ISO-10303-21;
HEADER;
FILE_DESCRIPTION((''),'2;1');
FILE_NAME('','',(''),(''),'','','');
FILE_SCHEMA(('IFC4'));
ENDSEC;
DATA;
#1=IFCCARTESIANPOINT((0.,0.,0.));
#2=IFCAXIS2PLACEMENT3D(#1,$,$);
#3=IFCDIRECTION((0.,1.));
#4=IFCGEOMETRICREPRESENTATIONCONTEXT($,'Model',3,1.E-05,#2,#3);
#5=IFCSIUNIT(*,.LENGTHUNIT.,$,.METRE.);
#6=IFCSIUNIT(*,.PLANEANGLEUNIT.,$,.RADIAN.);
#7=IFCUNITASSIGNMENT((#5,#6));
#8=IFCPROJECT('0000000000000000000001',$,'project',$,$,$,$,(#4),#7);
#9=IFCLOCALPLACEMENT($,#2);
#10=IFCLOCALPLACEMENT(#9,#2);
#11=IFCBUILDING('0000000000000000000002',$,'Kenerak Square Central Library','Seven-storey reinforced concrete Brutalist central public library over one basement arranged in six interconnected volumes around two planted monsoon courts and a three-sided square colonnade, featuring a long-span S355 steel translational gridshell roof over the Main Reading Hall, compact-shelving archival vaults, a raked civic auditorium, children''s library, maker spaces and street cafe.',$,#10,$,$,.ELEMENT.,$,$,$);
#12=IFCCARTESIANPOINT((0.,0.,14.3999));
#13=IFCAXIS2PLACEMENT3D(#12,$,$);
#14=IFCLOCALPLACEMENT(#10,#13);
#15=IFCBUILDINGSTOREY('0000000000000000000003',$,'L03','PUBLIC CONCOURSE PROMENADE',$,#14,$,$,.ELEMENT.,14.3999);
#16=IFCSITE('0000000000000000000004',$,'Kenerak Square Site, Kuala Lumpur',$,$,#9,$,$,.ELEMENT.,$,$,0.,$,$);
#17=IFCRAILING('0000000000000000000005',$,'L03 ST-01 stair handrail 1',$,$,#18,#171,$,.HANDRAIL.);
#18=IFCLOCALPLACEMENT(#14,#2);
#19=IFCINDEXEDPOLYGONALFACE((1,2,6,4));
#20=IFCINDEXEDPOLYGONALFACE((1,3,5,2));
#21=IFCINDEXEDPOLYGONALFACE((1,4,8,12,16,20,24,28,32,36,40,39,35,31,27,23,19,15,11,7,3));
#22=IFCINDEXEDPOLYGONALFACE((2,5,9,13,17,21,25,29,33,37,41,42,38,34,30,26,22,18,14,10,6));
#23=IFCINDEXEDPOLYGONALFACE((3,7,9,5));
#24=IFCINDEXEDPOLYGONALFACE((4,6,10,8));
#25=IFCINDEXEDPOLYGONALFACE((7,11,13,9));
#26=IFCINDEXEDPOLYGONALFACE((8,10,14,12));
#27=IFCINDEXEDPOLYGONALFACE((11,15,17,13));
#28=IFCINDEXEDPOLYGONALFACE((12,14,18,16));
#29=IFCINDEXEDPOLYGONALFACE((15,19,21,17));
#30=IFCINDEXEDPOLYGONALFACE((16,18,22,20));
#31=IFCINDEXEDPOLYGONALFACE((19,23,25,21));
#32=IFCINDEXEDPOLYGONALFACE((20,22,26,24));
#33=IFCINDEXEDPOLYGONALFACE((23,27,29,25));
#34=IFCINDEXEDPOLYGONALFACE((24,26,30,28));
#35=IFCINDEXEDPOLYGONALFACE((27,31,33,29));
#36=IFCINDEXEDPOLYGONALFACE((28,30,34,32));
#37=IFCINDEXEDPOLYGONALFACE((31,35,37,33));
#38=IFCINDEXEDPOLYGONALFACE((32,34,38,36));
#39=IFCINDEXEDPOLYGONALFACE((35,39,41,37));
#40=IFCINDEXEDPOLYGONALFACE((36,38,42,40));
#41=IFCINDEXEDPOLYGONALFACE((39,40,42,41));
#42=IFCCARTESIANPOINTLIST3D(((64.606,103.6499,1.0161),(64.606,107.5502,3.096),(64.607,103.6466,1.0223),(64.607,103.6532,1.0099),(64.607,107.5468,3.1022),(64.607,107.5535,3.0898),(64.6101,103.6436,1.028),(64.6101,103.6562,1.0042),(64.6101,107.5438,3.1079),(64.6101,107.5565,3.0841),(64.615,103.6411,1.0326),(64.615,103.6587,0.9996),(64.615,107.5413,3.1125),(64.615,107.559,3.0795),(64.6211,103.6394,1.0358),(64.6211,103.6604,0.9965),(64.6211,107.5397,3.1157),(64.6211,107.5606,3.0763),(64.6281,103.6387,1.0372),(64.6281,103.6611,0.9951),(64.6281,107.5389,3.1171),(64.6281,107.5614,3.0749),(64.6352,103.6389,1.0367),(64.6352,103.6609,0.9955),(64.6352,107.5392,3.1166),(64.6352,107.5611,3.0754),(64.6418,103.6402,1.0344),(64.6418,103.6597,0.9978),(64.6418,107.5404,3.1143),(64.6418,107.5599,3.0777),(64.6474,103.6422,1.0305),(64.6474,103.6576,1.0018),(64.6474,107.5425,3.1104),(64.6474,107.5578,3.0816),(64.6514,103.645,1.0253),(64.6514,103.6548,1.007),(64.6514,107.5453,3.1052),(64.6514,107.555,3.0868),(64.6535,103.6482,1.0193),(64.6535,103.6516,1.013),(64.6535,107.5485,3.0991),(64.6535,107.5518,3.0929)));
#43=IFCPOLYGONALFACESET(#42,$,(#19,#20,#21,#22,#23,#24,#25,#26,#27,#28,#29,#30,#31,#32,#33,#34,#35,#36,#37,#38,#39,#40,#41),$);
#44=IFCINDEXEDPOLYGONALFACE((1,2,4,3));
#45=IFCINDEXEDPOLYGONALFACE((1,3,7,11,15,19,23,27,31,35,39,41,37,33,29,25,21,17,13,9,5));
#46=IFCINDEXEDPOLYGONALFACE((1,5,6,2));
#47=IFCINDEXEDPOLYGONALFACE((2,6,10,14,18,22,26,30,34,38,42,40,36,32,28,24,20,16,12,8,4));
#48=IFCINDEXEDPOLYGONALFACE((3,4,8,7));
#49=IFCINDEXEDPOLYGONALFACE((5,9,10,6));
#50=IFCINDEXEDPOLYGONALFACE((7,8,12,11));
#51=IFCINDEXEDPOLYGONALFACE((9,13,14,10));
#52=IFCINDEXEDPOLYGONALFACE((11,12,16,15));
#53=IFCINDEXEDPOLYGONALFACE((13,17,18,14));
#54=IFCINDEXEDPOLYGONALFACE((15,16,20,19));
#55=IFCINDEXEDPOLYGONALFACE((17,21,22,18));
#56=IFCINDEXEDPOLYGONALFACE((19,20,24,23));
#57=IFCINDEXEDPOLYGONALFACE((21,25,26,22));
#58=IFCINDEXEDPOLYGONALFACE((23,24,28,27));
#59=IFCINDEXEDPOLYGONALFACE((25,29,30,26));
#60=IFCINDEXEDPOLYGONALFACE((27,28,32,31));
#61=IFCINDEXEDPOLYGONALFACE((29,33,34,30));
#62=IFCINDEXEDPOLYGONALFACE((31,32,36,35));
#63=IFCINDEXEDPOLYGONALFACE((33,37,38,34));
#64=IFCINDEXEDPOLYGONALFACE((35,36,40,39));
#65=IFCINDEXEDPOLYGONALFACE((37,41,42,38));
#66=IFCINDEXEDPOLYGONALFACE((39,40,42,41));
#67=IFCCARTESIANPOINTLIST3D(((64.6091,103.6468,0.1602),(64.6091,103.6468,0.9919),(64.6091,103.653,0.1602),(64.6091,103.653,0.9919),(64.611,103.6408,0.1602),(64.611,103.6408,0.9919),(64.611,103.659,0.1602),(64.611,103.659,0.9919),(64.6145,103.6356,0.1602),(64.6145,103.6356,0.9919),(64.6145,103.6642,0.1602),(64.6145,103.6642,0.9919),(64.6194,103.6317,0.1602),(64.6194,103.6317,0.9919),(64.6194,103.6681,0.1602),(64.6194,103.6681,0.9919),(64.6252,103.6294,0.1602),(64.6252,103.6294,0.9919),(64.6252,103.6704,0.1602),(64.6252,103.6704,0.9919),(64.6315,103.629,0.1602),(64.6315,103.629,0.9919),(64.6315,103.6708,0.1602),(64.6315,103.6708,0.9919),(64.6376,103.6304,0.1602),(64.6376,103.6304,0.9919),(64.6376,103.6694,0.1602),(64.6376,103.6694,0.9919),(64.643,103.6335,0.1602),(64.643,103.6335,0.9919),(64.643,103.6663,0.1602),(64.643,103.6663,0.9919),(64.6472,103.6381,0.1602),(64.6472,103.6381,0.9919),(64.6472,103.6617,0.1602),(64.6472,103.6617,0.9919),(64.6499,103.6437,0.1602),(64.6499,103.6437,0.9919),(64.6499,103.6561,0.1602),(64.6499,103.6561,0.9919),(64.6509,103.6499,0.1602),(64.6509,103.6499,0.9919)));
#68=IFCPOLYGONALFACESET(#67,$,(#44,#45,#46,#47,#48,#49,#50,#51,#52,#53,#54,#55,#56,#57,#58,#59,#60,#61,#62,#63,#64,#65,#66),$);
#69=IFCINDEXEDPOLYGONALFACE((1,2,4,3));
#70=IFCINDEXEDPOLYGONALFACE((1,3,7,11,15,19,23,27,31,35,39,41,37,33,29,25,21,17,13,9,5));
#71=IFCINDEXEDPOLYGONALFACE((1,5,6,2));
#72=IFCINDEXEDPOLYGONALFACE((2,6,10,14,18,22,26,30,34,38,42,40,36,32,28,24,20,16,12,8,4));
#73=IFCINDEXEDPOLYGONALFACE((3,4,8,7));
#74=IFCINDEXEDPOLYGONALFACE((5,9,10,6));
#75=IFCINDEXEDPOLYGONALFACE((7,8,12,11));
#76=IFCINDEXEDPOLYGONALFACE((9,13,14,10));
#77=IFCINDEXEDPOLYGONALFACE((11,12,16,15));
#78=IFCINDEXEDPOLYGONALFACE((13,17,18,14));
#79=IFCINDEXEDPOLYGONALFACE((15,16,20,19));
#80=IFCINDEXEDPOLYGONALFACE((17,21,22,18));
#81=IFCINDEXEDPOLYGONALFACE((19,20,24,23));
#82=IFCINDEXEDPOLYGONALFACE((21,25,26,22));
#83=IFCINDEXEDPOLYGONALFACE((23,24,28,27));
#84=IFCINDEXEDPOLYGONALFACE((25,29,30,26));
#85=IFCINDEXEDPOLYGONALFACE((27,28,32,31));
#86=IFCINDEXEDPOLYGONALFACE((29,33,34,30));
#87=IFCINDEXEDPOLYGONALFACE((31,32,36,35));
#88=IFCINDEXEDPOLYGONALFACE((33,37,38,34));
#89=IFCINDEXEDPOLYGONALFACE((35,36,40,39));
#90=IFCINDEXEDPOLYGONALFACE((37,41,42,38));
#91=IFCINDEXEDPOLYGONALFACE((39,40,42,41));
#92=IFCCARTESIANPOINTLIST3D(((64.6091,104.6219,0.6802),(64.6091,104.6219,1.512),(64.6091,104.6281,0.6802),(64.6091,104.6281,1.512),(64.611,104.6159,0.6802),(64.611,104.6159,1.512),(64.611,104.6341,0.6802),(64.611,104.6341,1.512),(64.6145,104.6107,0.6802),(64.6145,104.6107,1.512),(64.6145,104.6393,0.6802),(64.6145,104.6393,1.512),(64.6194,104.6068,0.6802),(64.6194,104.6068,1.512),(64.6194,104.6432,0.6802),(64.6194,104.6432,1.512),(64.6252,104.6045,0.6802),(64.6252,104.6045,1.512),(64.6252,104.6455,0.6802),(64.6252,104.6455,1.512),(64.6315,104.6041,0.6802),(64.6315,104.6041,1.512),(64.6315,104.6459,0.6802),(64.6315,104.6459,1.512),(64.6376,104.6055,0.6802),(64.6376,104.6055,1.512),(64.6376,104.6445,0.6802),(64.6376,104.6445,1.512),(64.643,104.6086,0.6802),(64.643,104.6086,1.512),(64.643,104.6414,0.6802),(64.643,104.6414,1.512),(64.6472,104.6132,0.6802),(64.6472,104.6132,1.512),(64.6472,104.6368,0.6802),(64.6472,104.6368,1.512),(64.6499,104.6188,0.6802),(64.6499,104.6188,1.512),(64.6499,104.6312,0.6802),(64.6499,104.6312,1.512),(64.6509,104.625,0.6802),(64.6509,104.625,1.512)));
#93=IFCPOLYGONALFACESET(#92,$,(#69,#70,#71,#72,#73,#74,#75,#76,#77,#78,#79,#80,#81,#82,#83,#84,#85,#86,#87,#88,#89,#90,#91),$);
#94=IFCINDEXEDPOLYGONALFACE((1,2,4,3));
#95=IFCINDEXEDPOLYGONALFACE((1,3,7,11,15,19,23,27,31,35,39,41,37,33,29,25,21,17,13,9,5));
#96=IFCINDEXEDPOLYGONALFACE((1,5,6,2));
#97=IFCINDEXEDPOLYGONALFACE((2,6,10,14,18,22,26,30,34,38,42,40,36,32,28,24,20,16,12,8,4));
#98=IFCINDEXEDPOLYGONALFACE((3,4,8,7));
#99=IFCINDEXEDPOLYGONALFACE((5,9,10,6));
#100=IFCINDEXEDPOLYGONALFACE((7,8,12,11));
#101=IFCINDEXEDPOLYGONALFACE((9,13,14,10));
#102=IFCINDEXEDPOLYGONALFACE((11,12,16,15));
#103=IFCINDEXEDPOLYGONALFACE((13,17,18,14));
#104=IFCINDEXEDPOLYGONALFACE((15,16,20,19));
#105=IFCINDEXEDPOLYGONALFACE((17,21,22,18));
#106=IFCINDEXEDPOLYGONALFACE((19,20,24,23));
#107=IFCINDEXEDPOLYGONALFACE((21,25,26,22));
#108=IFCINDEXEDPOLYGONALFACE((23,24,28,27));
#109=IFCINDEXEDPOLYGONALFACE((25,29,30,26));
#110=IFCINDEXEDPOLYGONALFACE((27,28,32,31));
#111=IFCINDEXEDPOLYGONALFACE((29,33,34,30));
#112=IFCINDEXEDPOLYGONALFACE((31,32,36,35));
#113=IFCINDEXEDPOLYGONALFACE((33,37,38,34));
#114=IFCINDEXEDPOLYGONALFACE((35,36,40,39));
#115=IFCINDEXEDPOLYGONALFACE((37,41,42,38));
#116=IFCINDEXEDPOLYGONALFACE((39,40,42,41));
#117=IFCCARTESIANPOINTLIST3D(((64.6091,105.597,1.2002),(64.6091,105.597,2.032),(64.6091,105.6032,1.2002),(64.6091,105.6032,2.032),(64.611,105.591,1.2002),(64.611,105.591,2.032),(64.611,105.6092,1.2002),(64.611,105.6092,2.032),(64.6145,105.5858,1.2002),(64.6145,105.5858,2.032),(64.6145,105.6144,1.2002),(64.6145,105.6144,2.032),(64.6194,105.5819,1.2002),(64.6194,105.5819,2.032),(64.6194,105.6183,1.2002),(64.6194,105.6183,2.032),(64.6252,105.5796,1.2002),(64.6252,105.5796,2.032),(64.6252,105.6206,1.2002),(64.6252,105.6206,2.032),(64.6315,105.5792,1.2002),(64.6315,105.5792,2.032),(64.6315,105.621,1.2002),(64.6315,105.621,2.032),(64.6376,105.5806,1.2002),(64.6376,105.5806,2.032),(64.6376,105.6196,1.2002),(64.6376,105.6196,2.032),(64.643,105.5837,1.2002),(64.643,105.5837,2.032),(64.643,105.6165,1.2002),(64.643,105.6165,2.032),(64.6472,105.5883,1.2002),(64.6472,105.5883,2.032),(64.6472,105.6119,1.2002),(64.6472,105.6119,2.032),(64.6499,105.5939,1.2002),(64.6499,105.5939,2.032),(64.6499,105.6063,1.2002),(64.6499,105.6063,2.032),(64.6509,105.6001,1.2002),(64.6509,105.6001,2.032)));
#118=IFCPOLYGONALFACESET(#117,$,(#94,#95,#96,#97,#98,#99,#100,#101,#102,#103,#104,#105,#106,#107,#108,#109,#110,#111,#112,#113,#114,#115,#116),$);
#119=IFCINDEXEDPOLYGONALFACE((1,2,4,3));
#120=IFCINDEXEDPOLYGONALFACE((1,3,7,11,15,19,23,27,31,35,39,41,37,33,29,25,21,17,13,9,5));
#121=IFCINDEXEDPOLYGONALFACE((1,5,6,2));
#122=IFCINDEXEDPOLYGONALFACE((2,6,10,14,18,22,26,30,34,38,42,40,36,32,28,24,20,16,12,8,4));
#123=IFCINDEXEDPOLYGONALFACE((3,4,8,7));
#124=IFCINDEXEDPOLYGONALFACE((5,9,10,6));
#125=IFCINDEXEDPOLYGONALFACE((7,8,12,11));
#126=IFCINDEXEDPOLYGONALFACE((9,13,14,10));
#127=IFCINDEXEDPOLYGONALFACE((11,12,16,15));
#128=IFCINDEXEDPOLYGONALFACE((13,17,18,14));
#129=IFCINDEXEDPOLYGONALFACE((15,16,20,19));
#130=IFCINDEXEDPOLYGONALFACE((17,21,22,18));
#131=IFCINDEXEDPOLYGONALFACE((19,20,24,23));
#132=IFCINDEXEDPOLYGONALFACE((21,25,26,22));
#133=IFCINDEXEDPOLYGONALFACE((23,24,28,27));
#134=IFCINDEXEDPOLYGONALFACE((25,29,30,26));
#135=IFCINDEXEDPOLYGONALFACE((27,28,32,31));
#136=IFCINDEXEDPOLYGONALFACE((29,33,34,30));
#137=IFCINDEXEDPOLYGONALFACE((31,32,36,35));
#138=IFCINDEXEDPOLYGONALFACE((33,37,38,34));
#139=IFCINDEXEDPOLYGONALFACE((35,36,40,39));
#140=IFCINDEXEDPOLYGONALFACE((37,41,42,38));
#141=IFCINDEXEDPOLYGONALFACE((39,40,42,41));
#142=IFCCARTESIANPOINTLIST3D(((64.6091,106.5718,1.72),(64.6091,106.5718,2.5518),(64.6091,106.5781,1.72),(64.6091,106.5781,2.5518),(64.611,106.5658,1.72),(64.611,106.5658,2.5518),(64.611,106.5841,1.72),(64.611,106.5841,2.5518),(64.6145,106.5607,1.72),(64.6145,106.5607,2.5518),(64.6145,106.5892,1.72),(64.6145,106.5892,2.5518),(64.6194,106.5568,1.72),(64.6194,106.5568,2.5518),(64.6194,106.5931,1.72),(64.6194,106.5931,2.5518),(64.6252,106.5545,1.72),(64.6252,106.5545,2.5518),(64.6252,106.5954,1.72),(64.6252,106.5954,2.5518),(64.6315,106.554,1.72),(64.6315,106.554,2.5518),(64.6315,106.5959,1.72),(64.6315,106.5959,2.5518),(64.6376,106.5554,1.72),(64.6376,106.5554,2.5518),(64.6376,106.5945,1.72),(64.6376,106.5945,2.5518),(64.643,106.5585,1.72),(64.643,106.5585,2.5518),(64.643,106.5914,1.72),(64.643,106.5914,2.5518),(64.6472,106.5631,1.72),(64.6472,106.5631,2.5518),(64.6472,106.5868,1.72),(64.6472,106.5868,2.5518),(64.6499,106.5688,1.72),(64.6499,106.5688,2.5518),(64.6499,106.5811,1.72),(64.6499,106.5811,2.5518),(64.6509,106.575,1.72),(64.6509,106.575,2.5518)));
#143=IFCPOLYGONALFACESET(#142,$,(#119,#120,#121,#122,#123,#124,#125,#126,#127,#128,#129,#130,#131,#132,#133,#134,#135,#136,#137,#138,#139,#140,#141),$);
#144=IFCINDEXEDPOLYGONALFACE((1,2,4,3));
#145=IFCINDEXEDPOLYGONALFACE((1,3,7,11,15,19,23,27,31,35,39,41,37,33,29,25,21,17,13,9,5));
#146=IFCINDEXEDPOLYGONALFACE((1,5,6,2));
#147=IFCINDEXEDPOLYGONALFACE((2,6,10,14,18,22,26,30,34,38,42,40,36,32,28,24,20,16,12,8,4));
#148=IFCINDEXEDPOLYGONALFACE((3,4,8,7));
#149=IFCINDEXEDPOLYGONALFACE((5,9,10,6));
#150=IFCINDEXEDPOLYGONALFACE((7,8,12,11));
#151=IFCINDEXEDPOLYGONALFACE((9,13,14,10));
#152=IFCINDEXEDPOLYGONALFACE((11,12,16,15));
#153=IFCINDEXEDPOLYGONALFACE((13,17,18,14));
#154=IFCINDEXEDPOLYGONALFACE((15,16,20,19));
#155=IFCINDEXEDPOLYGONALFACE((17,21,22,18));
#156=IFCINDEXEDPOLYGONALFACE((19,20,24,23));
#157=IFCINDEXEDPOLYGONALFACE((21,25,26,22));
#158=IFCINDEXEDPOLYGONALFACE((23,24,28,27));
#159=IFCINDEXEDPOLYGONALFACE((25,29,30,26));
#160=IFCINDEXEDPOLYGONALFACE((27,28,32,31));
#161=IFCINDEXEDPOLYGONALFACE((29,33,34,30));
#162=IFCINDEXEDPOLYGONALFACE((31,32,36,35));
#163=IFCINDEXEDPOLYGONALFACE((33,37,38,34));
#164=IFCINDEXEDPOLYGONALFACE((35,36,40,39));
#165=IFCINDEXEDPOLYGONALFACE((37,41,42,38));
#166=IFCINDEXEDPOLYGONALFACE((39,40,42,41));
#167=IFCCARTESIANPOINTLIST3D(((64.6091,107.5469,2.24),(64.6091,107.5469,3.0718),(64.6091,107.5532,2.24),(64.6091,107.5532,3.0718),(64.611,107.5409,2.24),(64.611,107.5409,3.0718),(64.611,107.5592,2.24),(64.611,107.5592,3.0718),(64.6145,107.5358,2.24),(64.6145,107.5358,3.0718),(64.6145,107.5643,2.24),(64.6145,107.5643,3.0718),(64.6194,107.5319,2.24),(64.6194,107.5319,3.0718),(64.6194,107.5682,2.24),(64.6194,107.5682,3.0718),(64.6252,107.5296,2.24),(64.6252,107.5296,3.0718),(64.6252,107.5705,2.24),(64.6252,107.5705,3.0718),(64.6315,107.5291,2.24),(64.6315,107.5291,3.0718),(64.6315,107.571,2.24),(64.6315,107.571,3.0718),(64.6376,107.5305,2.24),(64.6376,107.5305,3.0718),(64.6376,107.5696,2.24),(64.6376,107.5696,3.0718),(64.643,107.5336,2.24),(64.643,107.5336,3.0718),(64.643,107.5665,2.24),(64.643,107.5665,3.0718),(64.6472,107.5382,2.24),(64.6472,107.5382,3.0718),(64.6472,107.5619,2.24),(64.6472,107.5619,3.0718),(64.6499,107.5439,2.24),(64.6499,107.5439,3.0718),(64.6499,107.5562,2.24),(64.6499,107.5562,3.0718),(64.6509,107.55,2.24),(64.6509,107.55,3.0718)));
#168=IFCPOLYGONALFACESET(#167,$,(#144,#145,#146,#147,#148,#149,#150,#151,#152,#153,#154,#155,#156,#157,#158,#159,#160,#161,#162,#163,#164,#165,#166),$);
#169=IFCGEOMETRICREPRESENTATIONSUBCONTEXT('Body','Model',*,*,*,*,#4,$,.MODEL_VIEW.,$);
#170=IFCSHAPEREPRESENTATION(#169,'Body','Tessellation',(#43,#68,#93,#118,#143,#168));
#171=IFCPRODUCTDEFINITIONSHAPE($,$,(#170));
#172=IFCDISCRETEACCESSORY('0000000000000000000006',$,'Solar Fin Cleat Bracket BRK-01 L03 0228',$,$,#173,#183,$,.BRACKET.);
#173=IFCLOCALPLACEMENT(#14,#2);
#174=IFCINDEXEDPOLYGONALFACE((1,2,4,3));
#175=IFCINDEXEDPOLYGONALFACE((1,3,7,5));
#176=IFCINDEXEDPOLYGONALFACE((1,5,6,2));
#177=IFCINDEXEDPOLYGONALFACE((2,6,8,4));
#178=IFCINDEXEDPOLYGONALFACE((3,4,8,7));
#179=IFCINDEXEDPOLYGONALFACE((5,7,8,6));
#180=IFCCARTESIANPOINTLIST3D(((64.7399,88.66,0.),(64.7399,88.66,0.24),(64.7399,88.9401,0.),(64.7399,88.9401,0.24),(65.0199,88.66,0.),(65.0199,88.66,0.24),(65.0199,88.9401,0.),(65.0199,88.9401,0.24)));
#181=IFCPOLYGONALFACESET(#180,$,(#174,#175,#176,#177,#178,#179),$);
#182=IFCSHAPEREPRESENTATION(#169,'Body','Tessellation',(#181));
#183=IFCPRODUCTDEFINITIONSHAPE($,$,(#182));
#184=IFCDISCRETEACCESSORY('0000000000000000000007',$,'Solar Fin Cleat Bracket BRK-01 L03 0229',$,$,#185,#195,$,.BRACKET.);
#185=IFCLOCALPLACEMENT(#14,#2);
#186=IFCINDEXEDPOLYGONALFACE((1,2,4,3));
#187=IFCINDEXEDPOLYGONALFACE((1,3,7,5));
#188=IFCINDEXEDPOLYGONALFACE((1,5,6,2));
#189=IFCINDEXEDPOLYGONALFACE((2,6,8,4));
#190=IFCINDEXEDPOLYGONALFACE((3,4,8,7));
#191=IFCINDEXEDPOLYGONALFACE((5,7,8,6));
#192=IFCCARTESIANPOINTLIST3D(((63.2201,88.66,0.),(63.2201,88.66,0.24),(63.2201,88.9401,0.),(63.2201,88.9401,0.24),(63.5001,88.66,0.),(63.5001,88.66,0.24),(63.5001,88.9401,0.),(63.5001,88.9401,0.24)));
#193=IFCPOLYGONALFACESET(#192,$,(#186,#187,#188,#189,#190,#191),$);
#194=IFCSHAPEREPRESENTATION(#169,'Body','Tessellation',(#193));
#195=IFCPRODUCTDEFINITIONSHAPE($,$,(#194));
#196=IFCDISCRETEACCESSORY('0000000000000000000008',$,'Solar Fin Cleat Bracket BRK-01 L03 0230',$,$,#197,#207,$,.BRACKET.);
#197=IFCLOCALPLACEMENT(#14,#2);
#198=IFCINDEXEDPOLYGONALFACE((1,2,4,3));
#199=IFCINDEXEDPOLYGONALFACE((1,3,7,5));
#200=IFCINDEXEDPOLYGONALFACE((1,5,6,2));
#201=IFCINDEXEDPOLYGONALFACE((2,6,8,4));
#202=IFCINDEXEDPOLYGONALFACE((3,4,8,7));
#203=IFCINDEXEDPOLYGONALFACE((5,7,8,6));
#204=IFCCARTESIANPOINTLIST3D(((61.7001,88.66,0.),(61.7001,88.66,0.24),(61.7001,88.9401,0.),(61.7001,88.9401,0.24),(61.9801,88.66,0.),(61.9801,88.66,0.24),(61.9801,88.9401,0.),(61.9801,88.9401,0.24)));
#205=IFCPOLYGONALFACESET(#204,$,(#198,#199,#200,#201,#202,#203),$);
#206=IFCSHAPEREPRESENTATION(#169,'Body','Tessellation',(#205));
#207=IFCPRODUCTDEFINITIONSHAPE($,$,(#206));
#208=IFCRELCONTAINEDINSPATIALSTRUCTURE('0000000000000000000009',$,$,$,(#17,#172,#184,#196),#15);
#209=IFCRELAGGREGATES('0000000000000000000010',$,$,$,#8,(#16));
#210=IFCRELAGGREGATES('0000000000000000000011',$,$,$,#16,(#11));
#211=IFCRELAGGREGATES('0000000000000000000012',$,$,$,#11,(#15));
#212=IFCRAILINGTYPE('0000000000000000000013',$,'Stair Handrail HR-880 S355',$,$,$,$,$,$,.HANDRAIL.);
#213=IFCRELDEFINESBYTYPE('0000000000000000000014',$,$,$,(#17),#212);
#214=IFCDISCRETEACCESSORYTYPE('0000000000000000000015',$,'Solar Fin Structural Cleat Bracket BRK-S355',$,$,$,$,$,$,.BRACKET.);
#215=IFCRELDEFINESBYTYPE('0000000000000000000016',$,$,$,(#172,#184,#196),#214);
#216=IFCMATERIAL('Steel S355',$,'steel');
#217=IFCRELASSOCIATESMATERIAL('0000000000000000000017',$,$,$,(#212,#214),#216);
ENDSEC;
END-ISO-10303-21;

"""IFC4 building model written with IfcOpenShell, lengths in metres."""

from ifc_helpers import new_model, si_unit, direction, frame, origin, origin_2d, place, context, subcontext, project, spatial, rectangle, circle, extrude, material, type_object, element, save


model = new_model("IFC4")

# Units and contexts
model_context = context("Model", 3, precision=1e-05, world=origin(), true_north=direction((0.0, 1.0)))
body_context = subcontext(model_context, "Body", "Model", "MODEL_VIEW")
ifc_project = project(units=[si_unit("LENGTHUNIT", "METRE"), si_unit("PLANEANGLEUNIT", "RADIAN")], contexts=[model_context])

# Site, building, storey
site_placement = place(None, origin())
site = spatial("IfcSite", under=ifc_project, at=site_placement, Name="Kenerak Square Site, Kuala Lumpur", CompositionType="ELEMENT", RefElevation=0.0)
building_placement = place(site_placement, origin())
building = spatial("IfcBuilding", under=site, at=building_placement, Name="Kenerak Square Central Library", Description="Seven-storey reinforced concrete Brutalist central public library over one basement arranged in six interconnected volumes around two planted monsoon courts and a three-sided square colonnade, featuring a long-span S355 steel translational gridshell roof over the Main Reading Hall, compact-shelving archival vaults, a raked civic auditorium, children's library, maker spaces and street cafe.", CompositionType="ELEMENT")
storey_placement = place(building_placement, frame((0.0, 0.0, 14.3999)))
storey = spatial("IfcBuildingStorey", under=building, at=storey_placement, Name="L03", Description="PUBLIC CONCOURSE PROMENADE", CompositionType="ELEMENT", Elevation=14.3999)

# Shared definitions
ifc_material_1 = material(Name="Steel S355", Category="steel")

# Railing
railing_type_1 = type_object("IfcRailingType", Name="Stair Handrail HR-880 S355", PredefinedType="HANDRAIL", material=ifc_material_1)
railing_1_placement = place(storey_placement, frame((64.6299, 103.6499, 0.1602)))
element("IfcRailing", 1, at=railing_1_placement, inside=storey, type_object=railing_type_1, Name="L03 ST-01 stair handrail 1", PredefinedType="HANDRAIL", context=body_context, shape_type="SweptSolid", body=[
    extrude(circle(Radius=0.0239, at=origin_2d()), frame((0.0, 0.0, 0.856), z_axis=(0.0, 0.882376, 0.470545), x_axis=(-1.0, 0.0, 0.0)), (0.0, 0.0, 1.0), 4.4202),
    extrude(circle(Radius=0.021, at=origin_2d()), origin(), (0.0, 0.0, 1.0), 0.8318),
    extrude(circle(Radius=0.021, at=origin_2d()), frame((0.0, 0.9751, 0.52)), (0.0, 0.0, 1.0), 0.8318),
    extrude(circle(Radius=0.021, at=origin_2d()), frame((0.0, 1.9502, 1.04)), (0.0, 0.0, 1.0), 0.8318),
    extrude(circle(Radius=0.021, at=origin_2d()), frame((0.0, 2.925, 1.5598)), (0.0, 0.0, 1.0), 0.8318),
    extrude(circle(Radius=0.021, at=origin_2d()), frame((0.0, 3.9001, 2.0798)), (0.0, 0.0, 1.0), 0.8318),
])

# Discrete accessories
discrete_accessory_type = type_object("IfcDiscreteAccessoryType", Name="Solar Fin Structural Cleat Bracket BRK-S355", PredefinedType="BRACKET", material=ifc_material_1)
for number, where, z_axis, x_axis, name in (
    (2, (64.8799, 88.8, 0.0), (0.0, 0.0, 1.0), (-1.0, 0.0, 0.0), "Solar Fin Cleat Bracket BRK-01 L03 0228"),
    (3, (63.3601, 88.8, 0.0), (0.0, 0.0, 1.0), (-1.0, 0.0, 0.0), "Solar Fin Cleat Bracket BRK-01 L03 0229"),
    (4, (61.8401, 88.8, 0.0), (0.0, 0.0, 1.0), (-1.0, 0.0, 0.0), "Solar Fin Cleat Bracket BRK-01 L03 0230"),
):
    element("IfcDiscreteAccessory", number, at=place(storey_placement, frame(where, z_axis=z_axis, x_axis=x_axis)), inside=storey, type_object=discrete_accessory_type, Name=name, PredefinedType="BRACKET", context=body_context, shape_type="SweptSolid", body=[
        extrude(rectangle(XDim=0.28, YDim=0.28, at=origin_2d()), origin(), (0.0, 0.0, 1.0), 0.24),
    ])

save(model, "model.ifc")
